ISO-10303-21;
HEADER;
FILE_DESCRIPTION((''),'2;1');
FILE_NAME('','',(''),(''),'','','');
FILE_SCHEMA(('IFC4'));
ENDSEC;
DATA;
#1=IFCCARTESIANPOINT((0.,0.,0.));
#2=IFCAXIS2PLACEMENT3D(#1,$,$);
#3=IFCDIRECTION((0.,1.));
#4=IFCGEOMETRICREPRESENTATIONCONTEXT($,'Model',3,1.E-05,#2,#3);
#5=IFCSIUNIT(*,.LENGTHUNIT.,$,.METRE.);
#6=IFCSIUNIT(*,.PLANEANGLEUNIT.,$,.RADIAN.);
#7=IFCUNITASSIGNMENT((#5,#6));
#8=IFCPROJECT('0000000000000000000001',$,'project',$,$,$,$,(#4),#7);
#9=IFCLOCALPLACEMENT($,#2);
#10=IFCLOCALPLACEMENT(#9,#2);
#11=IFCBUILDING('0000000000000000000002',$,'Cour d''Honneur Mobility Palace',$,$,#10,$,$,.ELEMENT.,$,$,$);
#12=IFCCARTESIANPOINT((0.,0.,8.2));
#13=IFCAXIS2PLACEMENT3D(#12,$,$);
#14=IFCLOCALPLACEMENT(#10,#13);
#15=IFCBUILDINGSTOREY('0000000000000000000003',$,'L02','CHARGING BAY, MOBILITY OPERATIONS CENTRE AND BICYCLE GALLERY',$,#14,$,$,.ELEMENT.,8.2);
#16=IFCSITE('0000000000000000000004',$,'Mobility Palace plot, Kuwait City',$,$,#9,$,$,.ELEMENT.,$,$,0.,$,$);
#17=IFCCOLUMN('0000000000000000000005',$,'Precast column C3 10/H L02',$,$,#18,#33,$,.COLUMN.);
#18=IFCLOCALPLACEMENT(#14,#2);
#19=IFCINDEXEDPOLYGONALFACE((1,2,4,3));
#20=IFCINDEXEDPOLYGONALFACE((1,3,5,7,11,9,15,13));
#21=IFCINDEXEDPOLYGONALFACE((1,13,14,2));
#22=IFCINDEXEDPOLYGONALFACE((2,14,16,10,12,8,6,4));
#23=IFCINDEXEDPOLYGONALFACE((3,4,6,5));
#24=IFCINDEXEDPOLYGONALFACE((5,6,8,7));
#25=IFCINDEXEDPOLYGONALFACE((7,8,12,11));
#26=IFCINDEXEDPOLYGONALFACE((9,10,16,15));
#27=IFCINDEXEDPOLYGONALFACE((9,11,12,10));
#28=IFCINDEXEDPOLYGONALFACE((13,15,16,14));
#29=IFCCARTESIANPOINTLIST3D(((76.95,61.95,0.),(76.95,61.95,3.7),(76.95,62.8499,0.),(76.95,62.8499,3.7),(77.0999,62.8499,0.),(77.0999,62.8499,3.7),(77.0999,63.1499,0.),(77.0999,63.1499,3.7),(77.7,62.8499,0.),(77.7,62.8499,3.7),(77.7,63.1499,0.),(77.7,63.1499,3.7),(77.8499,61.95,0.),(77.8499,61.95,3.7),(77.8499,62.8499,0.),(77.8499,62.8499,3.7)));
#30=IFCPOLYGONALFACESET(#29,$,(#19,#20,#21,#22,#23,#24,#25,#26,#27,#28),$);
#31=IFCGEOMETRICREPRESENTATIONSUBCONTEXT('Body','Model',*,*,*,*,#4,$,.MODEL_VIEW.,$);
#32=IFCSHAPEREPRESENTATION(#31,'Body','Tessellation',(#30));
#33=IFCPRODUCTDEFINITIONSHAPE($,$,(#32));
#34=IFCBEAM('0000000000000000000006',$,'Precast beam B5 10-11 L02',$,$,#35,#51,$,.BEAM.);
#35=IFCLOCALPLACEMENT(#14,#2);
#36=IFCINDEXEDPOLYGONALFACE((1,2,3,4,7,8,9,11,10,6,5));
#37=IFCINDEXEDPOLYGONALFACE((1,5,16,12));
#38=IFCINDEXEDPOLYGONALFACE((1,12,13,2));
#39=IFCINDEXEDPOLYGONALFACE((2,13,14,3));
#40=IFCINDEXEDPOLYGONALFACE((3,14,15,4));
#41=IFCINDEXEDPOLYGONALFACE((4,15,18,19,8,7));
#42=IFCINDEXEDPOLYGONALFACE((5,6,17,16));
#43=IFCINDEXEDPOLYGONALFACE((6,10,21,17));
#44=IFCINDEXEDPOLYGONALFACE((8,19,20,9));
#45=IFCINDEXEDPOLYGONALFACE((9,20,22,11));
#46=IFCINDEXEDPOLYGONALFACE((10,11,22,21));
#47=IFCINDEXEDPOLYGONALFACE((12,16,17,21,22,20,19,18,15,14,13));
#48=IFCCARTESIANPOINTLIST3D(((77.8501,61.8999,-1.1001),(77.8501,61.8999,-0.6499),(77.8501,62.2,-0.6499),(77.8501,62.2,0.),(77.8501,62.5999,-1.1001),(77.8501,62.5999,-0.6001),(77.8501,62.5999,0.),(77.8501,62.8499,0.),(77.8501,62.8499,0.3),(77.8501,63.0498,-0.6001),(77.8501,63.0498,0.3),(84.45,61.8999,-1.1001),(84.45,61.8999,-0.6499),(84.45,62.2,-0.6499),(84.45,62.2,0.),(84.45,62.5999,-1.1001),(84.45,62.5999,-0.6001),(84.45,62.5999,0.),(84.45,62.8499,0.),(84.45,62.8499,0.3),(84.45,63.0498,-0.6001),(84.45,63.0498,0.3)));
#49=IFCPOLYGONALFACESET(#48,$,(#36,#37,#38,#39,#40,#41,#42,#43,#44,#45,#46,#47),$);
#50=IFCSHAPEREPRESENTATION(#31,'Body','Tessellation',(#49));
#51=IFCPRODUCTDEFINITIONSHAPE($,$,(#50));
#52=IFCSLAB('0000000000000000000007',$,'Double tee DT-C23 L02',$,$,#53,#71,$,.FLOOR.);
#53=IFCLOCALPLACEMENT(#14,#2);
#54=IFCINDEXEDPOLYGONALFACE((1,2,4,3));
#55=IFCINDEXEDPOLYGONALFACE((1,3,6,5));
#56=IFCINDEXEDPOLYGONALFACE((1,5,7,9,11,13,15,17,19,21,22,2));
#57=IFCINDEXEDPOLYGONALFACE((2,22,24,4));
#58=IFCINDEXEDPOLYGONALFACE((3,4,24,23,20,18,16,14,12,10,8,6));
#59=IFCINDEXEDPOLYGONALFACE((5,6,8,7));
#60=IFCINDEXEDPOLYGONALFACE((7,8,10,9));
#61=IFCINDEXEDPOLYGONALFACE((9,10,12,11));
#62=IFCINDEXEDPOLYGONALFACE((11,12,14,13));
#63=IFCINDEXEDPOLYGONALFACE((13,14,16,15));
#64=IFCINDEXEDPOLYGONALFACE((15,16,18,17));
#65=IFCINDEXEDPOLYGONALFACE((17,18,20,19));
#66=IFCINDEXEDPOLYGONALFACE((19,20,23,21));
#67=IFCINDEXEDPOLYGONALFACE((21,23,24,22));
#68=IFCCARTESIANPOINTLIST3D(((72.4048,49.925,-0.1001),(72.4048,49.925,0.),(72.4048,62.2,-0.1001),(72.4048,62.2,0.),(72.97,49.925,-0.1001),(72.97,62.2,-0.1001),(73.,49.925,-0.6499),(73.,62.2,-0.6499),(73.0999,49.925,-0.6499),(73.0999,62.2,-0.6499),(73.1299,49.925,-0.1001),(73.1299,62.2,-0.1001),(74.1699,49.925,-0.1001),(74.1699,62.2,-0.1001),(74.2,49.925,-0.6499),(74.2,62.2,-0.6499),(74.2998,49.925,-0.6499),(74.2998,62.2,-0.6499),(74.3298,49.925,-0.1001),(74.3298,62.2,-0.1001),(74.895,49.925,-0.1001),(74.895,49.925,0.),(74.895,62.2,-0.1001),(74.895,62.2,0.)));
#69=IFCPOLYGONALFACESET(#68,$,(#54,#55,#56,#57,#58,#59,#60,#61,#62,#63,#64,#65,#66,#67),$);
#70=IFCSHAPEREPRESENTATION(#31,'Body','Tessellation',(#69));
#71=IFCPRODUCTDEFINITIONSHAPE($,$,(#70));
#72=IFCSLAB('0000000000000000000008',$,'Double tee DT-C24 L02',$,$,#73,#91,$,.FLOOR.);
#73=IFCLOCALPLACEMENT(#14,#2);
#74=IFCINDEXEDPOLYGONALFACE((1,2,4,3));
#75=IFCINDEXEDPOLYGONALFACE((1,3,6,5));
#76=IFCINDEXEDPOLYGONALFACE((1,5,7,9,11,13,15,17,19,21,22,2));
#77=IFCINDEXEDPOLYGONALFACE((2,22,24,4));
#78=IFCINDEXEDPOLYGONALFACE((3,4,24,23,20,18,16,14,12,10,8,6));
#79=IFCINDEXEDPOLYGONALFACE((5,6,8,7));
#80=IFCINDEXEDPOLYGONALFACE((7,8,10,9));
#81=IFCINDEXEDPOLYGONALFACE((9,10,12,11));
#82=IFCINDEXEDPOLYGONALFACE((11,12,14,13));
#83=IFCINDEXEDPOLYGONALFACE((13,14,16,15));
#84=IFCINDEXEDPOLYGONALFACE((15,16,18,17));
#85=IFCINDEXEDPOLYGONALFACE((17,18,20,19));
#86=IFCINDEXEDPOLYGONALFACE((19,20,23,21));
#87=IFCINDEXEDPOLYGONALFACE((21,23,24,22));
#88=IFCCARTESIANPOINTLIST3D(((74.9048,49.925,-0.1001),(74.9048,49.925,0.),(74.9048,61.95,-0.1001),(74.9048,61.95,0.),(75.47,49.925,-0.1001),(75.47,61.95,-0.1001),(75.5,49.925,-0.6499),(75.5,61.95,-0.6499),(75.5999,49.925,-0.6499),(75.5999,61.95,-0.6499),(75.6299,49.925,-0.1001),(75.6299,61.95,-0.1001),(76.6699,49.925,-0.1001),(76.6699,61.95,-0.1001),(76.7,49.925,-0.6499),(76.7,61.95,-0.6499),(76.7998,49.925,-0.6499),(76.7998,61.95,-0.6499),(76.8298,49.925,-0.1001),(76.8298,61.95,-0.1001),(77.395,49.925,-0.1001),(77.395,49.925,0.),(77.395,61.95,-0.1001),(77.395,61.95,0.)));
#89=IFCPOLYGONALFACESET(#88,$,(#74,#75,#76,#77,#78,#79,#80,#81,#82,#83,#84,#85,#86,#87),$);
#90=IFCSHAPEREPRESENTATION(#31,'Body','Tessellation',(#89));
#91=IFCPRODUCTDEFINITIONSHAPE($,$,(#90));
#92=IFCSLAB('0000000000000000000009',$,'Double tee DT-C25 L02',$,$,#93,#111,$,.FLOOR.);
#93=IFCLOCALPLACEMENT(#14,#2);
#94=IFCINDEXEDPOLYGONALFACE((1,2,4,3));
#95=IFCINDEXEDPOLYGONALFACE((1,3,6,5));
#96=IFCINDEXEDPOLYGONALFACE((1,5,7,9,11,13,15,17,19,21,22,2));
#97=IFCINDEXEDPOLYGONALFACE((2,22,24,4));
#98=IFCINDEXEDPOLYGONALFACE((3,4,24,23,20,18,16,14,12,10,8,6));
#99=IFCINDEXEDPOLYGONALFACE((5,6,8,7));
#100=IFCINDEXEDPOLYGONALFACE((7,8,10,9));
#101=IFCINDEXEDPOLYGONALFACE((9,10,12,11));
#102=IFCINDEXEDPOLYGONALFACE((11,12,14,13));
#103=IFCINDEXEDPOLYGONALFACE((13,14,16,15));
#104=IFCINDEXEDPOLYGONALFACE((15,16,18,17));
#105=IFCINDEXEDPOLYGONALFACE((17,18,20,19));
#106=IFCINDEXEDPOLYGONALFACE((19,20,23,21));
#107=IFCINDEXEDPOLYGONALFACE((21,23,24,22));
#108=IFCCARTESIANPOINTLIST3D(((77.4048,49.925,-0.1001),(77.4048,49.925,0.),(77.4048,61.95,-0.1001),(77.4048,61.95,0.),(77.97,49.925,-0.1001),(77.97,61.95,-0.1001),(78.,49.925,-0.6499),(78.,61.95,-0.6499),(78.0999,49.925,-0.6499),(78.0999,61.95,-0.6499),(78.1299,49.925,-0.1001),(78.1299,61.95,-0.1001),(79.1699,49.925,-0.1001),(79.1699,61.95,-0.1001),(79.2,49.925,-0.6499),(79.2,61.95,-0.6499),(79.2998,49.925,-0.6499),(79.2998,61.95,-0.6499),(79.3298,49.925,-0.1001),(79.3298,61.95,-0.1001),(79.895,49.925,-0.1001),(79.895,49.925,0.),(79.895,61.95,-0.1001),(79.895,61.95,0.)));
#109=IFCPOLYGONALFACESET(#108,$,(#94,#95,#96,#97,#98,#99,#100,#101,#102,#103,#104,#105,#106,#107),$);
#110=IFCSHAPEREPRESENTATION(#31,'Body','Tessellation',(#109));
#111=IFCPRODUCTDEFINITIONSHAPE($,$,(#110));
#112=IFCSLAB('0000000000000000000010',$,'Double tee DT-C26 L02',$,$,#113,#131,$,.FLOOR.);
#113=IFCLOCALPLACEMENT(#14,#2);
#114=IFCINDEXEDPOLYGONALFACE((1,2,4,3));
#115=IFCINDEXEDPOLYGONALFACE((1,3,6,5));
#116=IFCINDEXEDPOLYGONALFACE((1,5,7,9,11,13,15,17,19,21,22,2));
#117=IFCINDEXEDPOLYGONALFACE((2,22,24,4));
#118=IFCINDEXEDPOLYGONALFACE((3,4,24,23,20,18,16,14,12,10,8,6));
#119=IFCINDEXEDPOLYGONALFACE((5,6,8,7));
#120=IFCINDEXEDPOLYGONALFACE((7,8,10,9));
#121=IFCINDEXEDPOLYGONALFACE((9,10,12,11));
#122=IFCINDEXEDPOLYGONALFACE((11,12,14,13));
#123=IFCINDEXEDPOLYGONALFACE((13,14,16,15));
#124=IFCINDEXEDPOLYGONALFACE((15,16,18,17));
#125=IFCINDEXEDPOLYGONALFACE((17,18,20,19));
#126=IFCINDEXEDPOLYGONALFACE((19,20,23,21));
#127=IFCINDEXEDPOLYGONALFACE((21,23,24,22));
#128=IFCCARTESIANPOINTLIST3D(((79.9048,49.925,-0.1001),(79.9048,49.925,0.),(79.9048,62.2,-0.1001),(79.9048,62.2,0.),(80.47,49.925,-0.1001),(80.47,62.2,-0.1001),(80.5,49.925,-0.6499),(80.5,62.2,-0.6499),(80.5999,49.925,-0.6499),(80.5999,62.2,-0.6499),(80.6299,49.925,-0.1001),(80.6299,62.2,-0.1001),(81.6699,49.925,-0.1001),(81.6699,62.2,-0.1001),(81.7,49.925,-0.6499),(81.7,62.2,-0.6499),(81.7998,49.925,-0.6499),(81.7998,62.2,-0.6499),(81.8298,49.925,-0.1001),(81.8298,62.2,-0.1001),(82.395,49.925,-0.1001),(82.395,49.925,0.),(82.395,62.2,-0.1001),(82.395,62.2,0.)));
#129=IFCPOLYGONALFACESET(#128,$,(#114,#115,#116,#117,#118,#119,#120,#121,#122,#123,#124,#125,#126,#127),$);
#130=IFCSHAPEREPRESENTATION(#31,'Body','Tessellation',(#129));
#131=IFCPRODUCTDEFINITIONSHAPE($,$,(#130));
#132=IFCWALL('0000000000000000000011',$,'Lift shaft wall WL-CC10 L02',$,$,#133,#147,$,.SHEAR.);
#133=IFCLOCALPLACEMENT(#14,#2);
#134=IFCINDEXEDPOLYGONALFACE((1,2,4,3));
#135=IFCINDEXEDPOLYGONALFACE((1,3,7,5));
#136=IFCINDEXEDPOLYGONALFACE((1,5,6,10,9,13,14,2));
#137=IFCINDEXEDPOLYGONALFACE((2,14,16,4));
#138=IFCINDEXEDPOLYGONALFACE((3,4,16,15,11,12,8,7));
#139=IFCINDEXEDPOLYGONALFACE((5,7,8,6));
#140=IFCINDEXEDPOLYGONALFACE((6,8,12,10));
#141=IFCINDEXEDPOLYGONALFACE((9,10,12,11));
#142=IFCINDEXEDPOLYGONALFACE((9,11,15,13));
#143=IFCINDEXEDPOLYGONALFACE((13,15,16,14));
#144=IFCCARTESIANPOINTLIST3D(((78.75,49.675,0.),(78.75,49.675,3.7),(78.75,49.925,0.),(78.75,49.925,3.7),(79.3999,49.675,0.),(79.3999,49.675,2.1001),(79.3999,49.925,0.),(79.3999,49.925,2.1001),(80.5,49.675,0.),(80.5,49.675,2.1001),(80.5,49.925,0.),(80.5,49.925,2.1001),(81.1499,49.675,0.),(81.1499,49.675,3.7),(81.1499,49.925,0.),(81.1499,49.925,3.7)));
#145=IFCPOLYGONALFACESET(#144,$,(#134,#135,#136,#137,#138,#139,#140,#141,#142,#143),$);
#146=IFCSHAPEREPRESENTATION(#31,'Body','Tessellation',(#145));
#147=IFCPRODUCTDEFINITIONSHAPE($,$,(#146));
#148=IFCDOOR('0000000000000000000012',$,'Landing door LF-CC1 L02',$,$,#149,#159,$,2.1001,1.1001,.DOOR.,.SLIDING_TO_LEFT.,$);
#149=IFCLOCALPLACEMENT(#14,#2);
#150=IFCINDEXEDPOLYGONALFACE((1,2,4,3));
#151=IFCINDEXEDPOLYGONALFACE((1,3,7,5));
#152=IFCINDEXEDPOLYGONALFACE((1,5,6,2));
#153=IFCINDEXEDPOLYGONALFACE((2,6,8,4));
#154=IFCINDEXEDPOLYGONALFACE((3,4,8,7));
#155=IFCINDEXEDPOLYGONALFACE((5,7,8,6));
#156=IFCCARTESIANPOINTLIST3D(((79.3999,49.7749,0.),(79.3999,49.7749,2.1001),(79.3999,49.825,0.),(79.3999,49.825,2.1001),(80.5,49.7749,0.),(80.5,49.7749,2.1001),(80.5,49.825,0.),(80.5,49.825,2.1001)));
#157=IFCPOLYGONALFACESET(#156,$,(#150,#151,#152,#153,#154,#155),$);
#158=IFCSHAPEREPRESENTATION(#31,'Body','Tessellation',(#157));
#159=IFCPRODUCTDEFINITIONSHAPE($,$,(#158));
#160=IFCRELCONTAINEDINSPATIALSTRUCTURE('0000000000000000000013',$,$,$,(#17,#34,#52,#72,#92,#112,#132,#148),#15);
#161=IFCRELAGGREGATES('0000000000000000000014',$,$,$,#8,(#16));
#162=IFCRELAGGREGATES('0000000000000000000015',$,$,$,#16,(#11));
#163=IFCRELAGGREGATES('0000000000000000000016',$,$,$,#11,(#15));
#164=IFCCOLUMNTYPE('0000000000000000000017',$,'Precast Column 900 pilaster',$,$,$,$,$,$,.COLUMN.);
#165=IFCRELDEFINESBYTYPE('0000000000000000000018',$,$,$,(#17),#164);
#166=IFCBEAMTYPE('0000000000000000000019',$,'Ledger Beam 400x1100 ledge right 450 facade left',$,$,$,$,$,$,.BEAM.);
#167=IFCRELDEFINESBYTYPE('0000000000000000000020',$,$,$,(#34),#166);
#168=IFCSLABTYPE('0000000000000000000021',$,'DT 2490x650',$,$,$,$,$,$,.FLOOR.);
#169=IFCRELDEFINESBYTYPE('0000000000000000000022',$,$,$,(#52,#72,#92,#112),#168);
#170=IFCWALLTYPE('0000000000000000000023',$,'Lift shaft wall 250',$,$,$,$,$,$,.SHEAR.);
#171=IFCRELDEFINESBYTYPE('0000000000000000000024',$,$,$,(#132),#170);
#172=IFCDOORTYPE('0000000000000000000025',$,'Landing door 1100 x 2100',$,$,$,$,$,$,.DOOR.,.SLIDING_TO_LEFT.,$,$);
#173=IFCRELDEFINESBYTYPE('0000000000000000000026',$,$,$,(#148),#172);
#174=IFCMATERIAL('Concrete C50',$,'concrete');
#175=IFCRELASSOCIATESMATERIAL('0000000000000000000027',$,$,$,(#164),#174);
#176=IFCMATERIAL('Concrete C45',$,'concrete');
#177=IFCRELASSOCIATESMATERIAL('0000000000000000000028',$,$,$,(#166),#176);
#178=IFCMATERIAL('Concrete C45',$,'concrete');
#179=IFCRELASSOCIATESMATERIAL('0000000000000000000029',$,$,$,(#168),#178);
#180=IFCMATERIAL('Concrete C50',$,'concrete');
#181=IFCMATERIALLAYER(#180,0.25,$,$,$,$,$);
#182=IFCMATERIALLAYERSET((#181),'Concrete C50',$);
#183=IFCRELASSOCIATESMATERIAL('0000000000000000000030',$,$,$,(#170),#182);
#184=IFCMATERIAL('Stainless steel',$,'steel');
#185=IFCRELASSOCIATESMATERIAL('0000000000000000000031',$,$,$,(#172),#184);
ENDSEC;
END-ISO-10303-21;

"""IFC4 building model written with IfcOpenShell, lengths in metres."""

from ifc_helpers import new_model, si_unit, direction, frame, frame_2d, origin, place, context, subcontext, project, spatial, polyline, rectangle, outline, extrude, material, layer, layer_set, material_profile, profile_set, type_object, element, fill, save


model = new_model("IFC4")

# Units and contexts
model_context = context("Model", 3, precision=1e-05, world=origin(), true_north=direction((0.0, 1.0)))
body_context = subcontext(model_context, "Body", "Model", "MODEL_VIEW")
ifc_project = project(units=[si_unit("LENGTHUNIT", "METRE"), si_unit("PLANEANGLEUNIT", "RADIAN")], contexts=[model_context])

# Site, building, storey
site_placement = place(None, origin())
site = spatial("IfcSite", under=ifc_project, at=site_placement, Name="Mobility Palace plot, Kuwait City", CompositionType="ELEMENT", RefElevation=0.0)
building_placement = place(site_placement, origin())
building = spatial("IfcBuilding", under=site, at=building_placement, Name="Cour d'Honneur Mobility Palace", CompositionType="ELEMENT")
storey_placement = place(building_placement, frame((0.0, 0.0, 8.2)))
storey = spatial("IfcBuildingStorey", under=building, at=storey_placement, Name="L02", Description="CHARGING BAY, MOBILITY OPERATIONS CENTRE AND BICYCLE GALLERY", CompositionType="ELEMENT", Elevation=8.2)

# Column
ifc_material_1 = material(Name="Concrete C50", Category="concrete")
ifc_material_profile_1 = material_profile(ifc_material_1, outline(polyline([(-0.45, -0.45), (0.45, -0.45), (0.45, -0.3), (0.75, -0.3), (0.75, 0.3), (0.45, 0.3), (0.45, 0.45), (-0.45, 0.45), (-0.45, -0.45)])), Name="PC C900 pilaster")
ifc_profile_set_1 = profile_set([ifc_material_profile_1], Name="Concrete C50")
column_type = type_object("IfcColumnType", Name="Precast Column 900 pilaster", PredefinedType="COLUMN", material=ifc_profile_set_1)
column_placement = place(storey_placement, frame((77.3999, 62.3999, 0.0), z_axis=(0.0, 0.0, 1.0), x_axis=(0.0, 1.0, 0.0)))
element("IfcColumn", 1, at=column_placement, inside=storey, type_object=column_type, Name="Precast column C3 10/H L02", PredefinedType="COLUMN", context=body_context, shape_type="SweptSolid", body=[
    extrude(outline(polyline([(-0.45, -0.45), (0.45, -0.45), (0.45, -0.3), (0.75, -0.3), (0.75, 0.3), (0.45, 0.3), (0.45, 0.45), (-0.45, 0.45), (-0.45, -0.45)])), origin(), (0.0, 0.0, 1.0), 3.7),
])

# Beam
ifc_material_2 = material(Name="Concrete C45", Category="concrete")
ifc_material_profile_2 = material_profile(ifc_material_2, outline(polyline([(0.2, -1.1001), (0.2, -0.6001), (0.6499, -0.6001), (0.6499, 0.3), (0.45, 0.3), (0.45, 0.0), (0.2, 0.0), (-0.2, 0.0), (-0.2, -0.6499), (-0.5, -0.6499), (-0.5, -1.1001), (0.2, -1.1001)])), Name="Ledger Beam 400x1100 ledge right 450 facade left")
ifc_profile_set_2 = profile_set([ifc_material_profile_2], Name="Concrete C45")
beam_type = type_object("IfcBeamType", Name="Ledger Beam 400x1100 ledge right 450 facade left", PredefinedType="BEAM", material=ifc_profile_set_2)
beam_placement = place(storey_placement, frame((77.8501, 62.3999, 0.0), z_axis=(1.0, 0.0, 0.0), x_axis=(0.0, 1.0, 0.0)))
element("IfcBeam", 2, at=beam_placement, inside=storey, type_object=beam_type, Name="Precast beam B5 10-11 L02", PredefinedType="BEAM", context=body_context, shape_type="SweptSolid", body=[
    extrude(outline(polyline([(0.2, -1.1001), (0.2, -0.6001), (0.6499, -0.6001), (0.6499, 0.3), (0.45, 0.3), (0.45, 0.0), (0.2, 0.0), (-0.2, 0.0), (-0.2, -0.6499), (-0.5, -0.6499), (-0.5, -1.1001), (0.2, -1.1001)])), origin(), (0.0, 0.0, 1.0), 6.5999),
])

# Slabs
ifc_material_3 = material(Name="Concrete C45", Category="concrete")
ifc_material_profile_3 = material_profile(ifc_material_3, outline(polyline([(-1.2451, 0.0), (1.2451, 0.0), (1.2451, -0.1001), (0.6799, -0.1001), (0.6499, -0.6499), (0.55, -0.6499), (0.52, -0.1001), (-0.52, -0.1001), (-0.55, -0.6499), (-0.6499, -0.6499), (-0.6799, -0.1001), (-1.2451, -0.1001), (-1.2451, 0.0)])), Name="DT 2490x650")
ifc_profile_set_3 = profile_set([ifc_material_profile_3], Name="Concrete C45")
slab_type = type_object("IfcSlabType", Name="DT 2490x650", PredefinedType="FLOOR", material=ifc_profile_set_3)
slab_1_placement = place(storey_placement, frame((73.6499, 49.925, 0.0), z_axis=(0.0, 1.0, 0.0), x_axis=(-1.0, 0.0, 0.0)))
element("IfcSlab", 3, at=slab_1_placement, inside=storey, type_object=slab_type, Name="Double tee DT-C23 L02", PredefinedType="FLOOR", context=body_context, shape_type="SweptSolid", body=[
    extrude(outline(polyline([(-1.2451, 0.0), (1.2451, 0.0), (1.2451, -0.1001), (0.6799, -0.1001), (0.6499, -0.6499), (0.55, -0.6499), (0.52, -0.1001), (-0.52, -0.1001), (-0.55, -0.6499), (-0.6499, -0.6499), (-0.6799, -0.1001), (-1.2451, -0.1001), (-1.2451, 0.0)])), origin(), (0.0, 0.0, 1.0), 12.2749),
])
for number, where, z_axis, x_axis, name in (
    (4, (76.1499, 49.925, 0.0), (0.0, 1.0, 0.0), (-1.0, 0.0, 0.0), "Double tee DT-C24 L02"),
    (5, (78.6499, 49.925, 0.0), (0.0, 1.0, 0.0), (-1.0, 0.0, 0.0), "Double tee DT-C25 L02"),
):
    element("IfcSlab", number, at=place(storey_placement, frame(where, z_axis=z_axis, x_axis=x_axis)), inside=storey, type_object=slab_type, Name=name, PredefinedType="FLOOR", context=body_context, shape_type="SweptSolid", body=[
        extrude(outline(polyline([(-1.2451, 0.0), (1.2451, 0.0), (1.2451, -0.1001), (0.6799, -0.1001), (0.6499, -0.6499), (0.55, -0.6499), (0.52, -0.1001), (-0.52, -0.1001), (-0.55, -0.6499), (-0.6499, -0.6499), (-0.6799, -0.1001), (-1.2451, -0.1001), (-1.2451, 0.0)])), origin(), (0.0, 0.0, 1.0), 12.0249),
    ])
slab_2_placement = place(storey_placement, frame((81.1499, 49.925, 0.0), z_axis=(0.0, 1.0, 0.0), x_axis=(-1.0, 0.0, 0.0)))
element("IfcSlab", 6, at=slab_2_placement, inside=storey, type_object=slab_type, Name="Double tee DT-C26 L02", PredefinedType="FLOOR", context=body_context, shape_type="SweptSolid", body=[
    extrude(outline(polyline([(-1.2451, 0.0), (1.2451, 0.0), (1.2451, -0.1001), (0.6799, -0.1001), (0.6499, -0.6499), (0.55, -0.6499), (0.52, -0.1001), (-0.52, -0.1001), (-0.55, -0.6499), (-0.6499, -0.6499), (-0.6799, -0.1001), (-1.2451, -0.1001), (-1.2451, 0.0)])), origin(), (0.0, 0.0, 1.0), 12.2749),
])

# Wall, opening, door
ifc_material_4 = material(Name="Concrete C50", Category="concrete")
ifc_layer_1 = layer(ifc_material_4, 0.25)
ifc_layer_set_1 = layer_set([ifc_layer_1], Name="Concrete C50")
wall_type_1 = type_object("IfcWallType", Name="Lift shaft wall 250", PredefinedType="SHEAR", material=ifc_layer_set_1)
wall_1_placement = place(storey_placement, frame((78.75, 49.8, 0.0), z_axis=(0.0, 0.0, 1.0), x_axis=(1.0, 0.0, 0.0)))
wall_1 = element("IfcWall", 7, at=wall_1_placement, inside=storey, type_object=wall_type_1, Name="Lift shaft wall WL-CC10 L02", PredefinedType="SHEAR", context=body_context, shape_type="SweptSolid", body=[
    extrude(rectangle(XDim=2.3999, YDim=0.25, at=frame_2d((1.2, 0.0))), origin(), (0.0, 0.0, 1.0), 3.7),
])
opening_1_placement = place(wall_1_placement, frame((0.6499, 0.0, 0.0)))
opening_1 = element("IfcOpeningElement", 8, at=opening_1_placement, cuts=wall_1, PredefinedType="OPENING", context=body_context, shape_type="SweptSolid", body=[
    extrude(rectangle(XDim=1.1001, YDim=2.1001, at=frame_2d((0.55, 1.05))), frame((0.0, 0.135, 0.0), z_axis=(0.0, -1.0, 0.0), x_axis=(1.0, 0.0, 0.0)), (0.0, 0.0, 1.0), 0.27),
])
ifc_material_5 = material(Name="Stainless steel", Category="steel")
door_type_1 = type_object("IfcDoorType", Name="Landing door 1100 x 2100", OperationType="SLIDING_TO_LEFT", PredefinedType="DOOR", material=ifc_material_5)
door_1_placement = place(opening_1_placement, origin())
door_1 = element("IfcDoor", 9, at=door_1_placement, inside=storey, type_object=door_type_1, Name="Landing door LF-CC1 L02", OperationType="SLIDING_TO_LEFT", OverallHeight=2.1001, OverallWidth=1.1001, PredefinedType="DOOR", context=body_context, shape_type="SweptSolid", body=[
    extrude(rectangle(XDim=1.1001, YDim=2.1001, at=frame_2d((0.55, 1.05))), frame((0.0, 0.0249, 0.0), z_axis=(0.0, -1.0, 0.0), x_axis=(1.0, 0.0, 0.0)), (0.0, 0.0, 1.0), 0.05),
])
fill(opening_1, door_1)

save(model, "model.ifc")
